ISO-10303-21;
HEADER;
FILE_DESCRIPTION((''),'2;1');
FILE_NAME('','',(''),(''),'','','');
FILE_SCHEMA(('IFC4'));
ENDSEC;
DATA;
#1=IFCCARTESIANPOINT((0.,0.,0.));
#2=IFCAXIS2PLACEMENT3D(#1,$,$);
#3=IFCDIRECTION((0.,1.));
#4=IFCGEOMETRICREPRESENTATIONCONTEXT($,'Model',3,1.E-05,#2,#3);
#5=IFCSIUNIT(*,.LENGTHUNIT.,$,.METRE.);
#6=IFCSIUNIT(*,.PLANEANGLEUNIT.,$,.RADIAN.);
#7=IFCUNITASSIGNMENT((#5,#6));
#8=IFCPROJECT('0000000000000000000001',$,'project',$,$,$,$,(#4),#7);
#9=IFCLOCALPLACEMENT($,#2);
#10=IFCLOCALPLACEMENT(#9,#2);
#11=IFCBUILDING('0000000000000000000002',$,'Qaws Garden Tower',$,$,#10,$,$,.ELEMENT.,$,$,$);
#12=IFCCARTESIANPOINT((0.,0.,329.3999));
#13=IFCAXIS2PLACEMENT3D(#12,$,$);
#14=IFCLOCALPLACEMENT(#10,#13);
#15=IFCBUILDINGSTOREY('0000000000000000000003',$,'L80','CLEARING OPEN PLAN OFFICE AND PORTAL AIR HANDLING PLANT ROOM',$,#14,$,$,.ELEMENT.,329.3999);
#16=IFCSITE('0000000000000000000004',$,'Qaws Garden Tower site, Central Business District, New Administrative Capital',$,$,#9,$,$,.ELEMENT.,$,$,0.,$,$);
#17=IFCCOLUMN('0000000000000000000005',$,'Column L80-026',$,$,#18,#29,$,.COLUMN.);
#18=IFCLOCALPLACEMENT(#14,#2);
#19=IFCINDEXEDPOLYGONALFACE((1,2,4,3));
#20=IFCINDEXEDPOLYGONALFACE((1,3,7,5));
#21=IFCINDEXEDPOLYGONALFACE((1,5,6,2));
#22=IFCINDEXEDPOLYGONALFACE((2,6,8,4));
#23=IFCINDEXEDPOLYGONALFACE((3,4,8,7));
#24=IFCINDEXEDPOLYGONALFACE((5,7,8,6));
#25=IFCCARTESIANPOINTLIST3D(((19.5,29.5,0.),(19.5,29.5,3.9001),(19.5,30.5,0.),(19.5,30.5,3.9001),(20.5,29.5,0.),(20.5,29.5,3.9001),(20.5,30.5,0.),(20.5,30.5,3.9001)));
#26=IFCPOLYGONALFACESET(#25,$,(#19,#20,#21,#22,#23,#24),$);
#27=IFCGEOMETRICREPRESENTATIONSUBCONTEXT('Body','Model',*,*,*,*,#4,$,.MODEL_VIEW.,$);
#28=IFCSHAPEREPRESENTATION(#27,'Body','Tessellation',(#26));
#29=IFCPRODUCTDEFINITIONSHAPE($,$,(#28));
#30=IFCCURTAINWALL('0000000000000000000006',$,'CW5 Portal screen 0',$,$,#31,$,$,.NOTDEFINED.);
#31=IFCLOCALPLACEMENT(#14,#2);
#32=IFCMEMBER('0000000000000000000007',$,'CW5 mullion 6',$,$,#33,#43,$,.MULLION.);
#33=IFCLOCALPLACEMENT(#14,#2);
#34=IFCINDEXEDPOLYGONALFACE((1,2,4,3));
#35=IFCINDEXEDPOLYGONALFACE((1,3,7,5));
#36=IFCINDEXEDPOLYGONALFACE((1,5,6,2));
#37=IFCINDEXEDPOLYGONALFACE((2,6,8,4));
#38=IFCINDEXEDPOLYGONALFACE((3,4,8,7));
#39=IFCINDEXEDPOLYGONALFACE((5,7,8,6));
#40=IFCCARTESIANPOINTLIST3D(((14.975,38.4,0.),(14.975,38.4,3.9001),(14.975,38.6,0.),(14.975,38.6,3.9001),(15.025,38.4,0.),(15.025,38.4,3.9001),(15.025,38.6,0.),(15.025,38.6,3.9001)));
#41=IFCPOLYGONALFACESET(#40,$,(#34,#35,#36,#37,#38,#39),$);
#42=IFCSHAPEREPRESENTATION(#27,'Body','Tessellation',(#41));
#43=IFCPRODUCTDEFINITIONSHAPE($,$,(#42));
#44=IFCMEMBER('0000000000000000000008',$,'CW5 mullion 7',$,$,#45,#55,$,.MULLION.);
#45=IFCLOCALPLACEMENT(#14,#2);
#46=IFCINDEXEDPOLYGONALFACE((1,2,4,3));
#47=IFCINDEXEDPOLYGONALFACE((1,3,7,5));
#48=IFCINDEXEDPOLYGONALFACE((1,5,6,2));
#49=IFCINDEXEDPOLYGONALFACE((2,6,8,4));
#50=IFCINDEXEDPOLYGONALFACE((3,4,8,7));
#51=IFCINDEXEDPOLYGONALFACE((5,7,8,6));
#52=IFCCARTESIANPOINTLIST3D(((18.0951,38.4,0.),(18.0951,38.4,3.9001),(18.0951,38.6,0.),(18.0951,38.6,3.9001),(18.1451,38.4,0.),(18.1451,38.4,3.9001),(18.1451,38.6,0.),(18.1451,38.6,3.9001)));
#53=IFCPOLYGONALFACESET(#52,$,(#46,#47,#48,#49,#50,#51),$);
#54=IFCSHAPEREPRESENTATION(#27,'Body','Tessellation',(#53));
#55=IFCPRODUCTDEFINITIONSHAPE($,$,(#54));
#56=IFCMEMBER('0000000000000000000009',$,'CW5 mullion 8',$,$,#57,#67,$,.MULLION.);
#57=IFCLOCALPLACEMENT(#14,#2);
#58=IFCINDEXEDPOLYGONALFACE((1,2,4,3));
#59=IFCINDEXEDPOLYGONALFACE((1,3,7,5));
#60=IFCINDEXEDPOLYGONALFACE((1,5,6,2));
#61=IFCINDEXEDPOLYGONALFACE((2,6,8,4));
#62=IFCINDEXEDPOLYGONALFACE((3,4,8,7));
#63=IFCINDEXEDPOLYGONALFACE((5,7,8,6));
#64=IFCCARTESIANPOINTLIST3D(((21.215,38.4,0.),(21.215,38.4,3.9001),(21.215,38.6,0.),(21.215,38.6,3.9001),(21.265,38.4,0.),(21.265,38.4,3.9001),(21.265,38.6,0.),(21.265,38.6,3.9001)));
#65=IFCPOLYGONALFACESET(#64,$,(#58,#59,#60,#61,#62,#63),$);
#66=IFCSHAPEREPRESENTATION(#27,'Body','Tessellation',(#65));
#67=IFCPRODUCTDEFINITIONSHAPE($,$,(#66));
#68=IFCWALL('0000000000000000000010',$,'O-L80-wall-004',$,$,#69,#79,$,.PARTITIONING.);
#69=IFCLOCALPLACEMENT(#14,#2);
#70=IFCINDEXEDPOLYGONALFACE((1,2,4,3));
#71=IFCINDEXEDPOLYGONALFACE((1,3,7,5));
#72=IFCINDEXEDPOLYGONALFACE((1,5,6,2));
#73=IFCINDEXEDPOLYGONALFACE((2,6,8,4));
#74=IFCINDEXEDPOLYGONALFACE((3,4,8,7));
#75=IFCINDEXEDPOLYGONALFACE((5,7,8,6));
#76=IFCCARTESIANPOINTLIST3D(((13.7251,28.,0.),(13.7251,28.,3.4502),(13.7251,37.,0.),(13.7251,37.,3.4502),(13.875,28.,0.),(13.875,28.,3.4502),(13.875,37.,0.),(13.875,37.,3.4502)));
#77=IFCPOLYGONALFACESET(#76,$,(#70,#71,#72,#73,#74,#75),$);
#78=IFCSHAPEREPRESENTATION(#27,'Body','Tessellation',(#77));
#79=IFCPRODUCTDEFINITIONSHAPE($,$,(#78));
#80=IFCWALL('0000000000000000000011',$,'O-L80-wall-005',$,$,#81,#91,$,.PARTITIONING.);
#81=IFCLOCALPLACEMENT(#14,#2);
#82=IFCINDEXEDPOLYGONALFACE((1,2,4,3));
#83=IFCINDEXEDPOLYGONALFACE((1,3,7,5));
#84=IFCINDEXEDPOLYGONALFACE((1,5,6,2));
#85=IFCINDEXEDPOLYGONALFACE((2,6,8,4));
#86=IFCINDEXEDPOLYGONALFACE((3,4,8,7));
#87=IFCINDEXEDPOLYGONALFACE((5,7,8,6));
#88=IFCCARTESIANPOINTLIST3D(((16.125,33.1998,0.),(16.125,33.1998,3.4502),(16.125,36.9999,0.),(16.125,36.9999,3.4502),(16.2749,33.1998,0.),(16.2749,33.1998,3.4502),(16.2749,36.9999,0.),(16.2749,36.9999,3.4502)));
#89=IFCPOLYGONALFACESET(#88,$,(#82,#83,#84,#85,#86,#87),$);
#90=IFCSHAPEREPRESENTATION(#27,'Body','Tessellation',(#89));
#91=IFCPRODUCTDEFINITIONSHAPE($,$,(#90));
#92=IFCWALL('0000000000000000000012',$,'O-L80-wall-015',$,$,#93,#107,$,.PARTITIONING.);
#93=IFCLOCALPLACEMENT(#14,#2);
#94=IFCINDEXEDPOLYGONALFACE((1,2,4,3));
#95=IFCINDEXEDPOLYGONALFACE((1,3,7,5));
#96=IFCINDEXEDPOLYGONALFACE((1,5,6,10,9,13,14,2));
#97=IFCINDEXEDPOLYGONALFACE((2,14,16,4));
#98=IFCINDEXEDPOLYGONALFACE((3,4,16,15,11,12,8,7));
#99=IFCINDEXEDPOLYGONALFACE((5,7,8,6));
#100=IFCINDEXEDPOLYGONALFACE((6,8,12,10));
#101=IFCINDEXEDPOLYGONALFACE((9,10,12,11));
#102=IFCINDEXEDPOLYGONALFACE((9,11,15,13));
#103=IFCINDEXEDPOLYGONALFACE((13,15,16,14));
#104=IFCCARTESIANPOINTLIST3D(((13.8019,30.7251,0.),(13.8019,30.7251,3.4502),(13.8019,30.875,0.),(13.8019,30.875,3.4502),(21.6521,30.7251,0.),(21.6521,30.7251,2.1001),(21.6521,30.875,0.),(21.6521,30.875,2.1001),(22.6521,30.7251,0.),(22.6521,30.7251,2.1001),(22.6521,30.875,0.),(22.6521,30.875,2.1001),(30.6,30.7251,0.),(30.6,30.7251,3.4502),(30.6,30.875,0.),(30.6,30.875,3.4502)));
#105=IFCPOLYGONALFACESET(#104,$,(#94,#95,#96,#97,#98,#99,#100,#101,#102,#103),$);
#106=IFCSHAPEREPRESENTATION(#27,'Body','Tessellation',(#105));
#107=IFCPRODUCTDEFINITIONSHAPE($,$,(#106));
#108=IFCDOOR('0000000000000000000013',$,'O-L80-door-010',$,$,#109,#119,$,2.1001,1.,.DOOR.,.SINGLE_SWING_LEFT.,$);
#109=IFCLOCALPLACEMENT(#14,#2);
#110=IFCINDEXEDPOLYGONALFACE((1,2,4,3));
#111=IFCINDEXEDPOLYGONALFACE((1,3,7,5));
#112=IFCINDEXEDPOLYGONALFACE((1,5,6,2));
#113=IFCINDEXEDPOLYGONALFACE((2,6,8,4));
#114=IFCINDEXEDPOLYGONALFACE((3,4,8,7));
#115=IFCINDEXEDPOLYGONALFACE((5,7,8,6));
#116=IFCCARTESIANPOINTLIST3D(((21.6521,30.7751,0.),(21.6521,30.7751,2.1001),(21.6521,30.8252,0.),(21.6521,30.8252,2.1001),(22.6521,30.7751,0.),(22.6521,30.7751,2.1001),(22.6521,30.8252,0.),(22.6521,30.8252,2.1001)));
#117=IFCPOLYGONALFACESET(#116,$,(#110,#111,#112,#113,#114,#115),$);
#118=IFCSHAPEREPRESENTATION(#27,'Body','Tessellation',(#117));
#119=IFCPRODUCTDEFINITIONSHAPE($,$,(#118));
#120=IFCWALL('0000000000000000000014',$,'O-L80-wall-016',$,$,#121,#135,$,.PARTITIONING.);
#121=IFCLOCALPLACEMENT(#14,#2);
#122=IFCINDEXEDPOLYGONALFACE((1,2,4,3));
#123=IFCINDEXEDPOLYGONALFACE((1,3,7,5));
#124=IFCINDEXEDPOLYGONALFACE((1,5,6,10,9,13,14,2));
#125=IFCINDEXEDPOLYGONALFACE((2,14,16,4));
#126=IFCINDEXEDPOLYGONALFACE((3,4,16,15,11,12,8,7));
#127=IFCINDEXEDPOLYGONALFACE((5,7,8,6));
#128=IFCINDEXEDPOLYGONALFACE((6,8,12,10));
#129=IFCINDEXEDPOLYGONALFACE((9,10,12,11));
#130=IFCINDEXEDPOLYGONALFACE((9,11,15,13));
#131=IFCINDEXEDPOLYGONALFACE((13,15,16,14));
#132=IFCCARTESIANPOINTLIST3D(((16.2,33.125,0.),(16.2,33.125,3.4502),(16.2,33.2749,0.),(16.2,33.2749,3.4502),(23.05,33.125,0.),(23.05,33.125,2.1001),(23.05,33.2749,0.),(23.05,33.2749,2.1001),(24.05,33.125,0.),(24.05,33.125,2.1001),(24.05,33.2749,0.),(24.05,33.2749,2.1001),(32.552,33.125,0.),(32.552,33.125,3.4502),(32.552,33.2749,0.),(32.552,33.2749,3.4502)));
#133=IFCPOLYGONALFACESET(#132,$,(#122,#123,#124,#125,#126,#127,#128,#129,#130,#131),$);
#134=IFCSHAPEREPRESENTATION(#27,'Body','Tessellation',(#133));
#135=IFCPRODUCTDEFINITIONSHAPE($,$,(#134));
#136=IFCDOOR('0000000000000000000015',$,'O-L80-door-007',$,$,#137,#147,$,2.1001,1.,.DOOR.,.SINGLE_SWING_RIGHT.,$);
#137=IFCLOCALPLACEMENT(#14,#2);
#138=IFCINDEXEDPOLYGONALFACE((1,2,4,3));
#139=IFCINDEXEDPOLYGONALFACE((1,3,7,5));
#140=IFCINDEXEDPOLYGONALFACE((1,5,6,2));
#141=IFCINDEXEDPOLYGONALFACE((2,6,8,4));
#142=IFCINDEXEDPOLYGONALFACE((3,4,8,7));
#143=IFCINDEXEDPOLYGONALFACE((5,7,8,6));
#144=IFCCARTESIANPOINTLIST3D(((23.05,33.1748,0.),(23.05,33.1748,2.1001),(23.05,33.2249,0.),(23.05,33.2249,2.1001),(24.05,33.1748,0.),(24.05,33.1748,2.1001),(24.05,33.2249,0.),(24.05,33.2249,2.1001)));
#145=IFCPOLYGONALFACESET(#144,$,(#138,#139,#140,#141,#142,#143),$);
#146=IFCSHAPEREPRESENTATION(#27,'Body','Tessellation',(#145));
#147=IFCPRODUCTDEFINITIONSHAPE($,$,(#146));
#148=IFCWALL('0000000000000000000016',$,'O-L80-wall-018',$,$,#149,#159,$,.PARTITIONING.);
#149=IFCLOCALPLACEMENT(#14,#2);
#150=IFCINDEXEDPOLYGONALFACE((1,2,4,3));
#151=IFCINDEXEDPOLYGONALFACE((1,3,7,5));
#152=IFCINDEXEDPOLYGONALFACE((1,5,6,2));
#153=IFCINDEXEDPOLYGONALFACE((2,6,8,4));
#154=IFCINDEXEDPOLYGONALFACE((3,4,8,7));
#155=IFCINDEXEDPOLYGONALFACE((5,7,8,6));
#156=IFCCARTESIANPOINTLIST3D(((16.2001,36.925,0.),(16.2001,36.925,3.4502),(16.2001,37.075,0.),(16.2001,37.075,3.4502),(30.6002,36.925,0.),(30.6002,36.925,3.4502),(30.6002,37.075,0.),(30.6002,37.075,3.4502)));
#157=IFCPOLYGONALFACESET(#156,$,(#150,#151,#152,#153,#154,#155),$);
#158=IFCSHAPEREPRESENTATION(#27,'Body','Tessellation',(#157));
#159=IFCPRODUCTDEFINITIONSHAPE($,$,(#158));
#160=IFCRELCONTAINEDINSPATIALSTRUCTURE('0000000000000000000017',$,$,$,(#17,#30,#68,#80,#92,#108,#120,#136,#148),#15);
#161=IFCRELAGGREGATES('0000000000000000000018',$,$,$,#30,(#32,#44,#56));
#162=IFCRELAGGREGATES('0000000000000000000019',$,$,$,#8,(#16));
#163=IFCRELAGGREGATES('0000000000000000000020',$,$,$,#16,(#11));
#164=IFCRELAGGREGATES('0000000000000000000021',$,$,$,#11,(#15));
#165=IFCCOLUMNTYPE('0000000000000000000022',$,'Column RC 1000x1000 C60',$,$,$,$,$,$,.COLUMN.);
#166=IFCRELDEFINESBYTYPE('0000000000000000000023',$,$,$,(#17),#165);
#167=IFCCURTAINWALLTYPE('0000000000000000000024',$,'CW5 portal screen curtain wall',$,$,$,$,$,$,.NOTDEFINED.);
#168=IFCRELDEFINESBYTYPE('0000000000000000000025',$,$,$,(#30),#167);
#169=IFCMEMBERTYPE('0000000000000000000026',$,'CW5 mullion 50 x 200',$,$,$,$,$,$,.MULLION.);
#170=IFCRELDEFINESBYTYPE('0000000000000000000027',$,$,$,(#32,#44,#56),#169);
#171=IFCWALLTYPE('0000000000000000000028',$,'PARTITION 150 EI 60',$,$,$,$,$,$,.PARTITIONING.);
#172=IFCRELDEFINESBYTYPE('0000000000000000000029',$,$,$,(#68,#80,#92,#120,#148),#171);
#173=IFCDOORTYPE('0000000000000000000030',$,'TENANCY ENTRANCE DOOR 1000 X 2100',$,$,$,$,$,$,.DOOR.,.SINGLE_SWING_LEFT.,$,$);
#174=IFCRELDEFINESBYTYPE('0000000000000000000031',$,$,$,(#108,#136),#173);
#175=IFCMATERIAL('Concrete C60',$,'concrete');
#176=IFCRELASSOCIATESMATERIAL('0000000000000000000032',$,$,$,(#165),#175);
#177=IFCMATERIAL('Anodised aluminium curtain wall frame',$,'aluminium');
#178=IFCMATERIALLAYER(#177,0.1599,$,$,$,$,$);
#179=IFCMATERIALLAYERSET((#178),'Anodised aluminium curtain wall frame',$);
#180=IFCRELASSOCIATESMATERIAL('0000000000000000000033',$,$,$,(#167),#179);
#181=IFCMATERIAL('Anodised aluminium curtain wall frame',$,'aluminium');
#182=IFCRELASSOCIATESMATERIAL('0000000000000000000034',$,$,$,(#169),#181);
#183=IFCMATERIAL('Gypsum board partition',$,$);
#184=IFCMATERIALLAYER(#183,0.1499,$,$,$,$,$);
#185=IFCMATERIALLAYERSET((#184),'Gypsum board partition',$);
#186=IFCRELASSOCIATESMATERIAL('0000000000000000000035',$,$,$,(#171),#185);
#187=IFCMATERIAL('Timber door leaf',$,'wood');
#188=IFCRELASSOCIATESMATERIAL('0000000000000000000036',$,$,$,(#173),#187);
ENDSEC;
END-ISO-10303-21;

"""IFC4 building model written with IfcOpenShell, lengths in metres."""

from ifc_helpers import new_model, si_unit, direction, frame, frame_2d, origin, origin_2d, place, context, subcontext, project, spatial, rectangle, extrude, material, layer, layer_set, material_profile, profile_set, type_object, element, fill, aggregate, save


model = new_model("IFC4")

# Units and contexts
model_context = context("Model", 3, precision=1e-05, world=origin(), true_north=direction((0.0, 1.0)))
body_context = subcontext(model_context, "Body", "Model", "MODEL_VIEW")
ifc_project = project(units=[si_unit("LENGTHUNIT", "METRE"), si_unit("PLANEANGLEUNIT", "RADIAN")], contexts=[model_context])

# Site, building, storey
site_placement = place(None, origin())
site = spatial("IfcSite", under=ifc_project, at=site_placement, Name="Qaws Garden Tower site, Central Business District, New Administrative Capital", CompositionType="ELEMENT", RefElevation=0.0)
building_placement = place(site_placement, origin())
building = spatial("IfcBuilding", under=site, at=building_placement, Name="Qaws Garden Tower", CompositionType="ELEMENT")
storey_placement = place(building_placement, frame((0.0, 0.0, 329.3999)))
storey = spatial("IfcBuildingStorey", under=building, at=storey_placement, Name="L80", Description="CLEARING OPEN PLAN OFFICE AND PORTAL AIR HANDLING PLANT ROOM", CompositionType="ELEMENT", Elevation=329.3999)

# Column
ifc_material_1 = material(Name="Concrete C60", Category="concrete")
ifc_material_profile_1 = material_profile(ifc_material_1, rectangle(XDim=1.0, YDim=1.0, at=origin_2d()), Name="RC 1000x1000")
ifc_profile_set_1 = profile_set([ifc_material_profile_1], Name="Concrete C60")
column_type = type_object("IfcColumnType", Name="Column RC 1000x1000 C60", PredefinedType="COLUMN", material=ifc_profile_set_1)
column_placement = place(storey_placement, frame((20.0, 30.0, 0.0), z_axis=(0.0, 0.0, 1.0), x_axis=(1.0, 0.0, 0.0)))
element("IfcColumn", 1, at=column_placement, inside=storey, type_object=column_type, Name="Column L80-026", PredefinedType="COLUMN", context=body_context, shape_type="SweptSolid", body=[
    extrude(rectangle(XDim=1.0, YDim=1.0, at=origin_2d()), origin(), (0.0, 0.0, 1.0), 3.9001),
])

# Curtain wall, members
ifc_material_2 = material(Name="Anodised aluminium curtain wall frame", Category="aluminium")
ifc_layer_1 = layer(ifc_material_2, 0.1599)
ifc_layer_set_1 = layer_set([ifc_layer_1], Name="Anodised aluminium curtain wall frame")
curtain_wall_type = type_object("IfcCurtainWallType", Name="CW5 portal screen curtain wall", PredefinedType="NOTDEFINED", material=ifc_layer_set_1)
placement = place(storey_placement, origin())
curtain_wall = element("IfcCurtainWall", 2, at=placement, inside=storey, type_object=curtain_wall_type, Name="CW5 Portal screen 0", PredefinedType="NOTDEFINED")
ifc_material_3 = material(Name="Anodised aluminium curtain wall frame", Category="aluminium")
ifc_material_profile_2 = material_profile(ifc_material_3, rectangle(XDim=0.2, YDim=0.05, at=origin_2d()), Name="AL 50x200")
ifc_profile_set_2 = profile_set([ifc_material_profile_2], Name="Anodised aluminium curtain wall frame")
member_type = type_object("IfcMemberType", Name="CW5 mullion 50 x 200", PredefinedType="MULLION", material=ifc_profile_set_2)
member_1_placement = place(storey_placement, frame((15.0, 38.5, 0.0), z_axis=(0.0, 0.0, 1.0), x_axis=(0.0, 1.0, 0.0)))
member_1 = element("IfcMember", 3, at=member_1_placement, type_object=member_type, Name="CW5 mullion 6", PredefinedType="MULLION", context=body_context, shape_type="SweptSolid", body=[
    extrude(rectangle(XDim=0.2, YDim=0.05, at=origin_2d()), origin(), (0.0, 0.0, 1.0), 3.9001),
])
member_2_placement = place(storey_placement, frame((18.1201, 38.5, 0.0), z_axis=(0.0, 0.0, 1.0), x_axis=(0.0, 1.0, 0.0)))
member_2 = element("IfcMember", 4, at=member_2_placement, type_object=member_type, Name="CW5 mullion 7", PredefinedType="MULLION", context=body_context, shape_type="SweptSolid", body=[
    extrude(rectangle(XDim=0.2, YDim=0.05, at=origin_2d()), origin(), (0.0, 0.0, 1.0), 3.9001),
])
member_3_placement = place(storey_placement, frame((21.24, 38.5, 0.0), z_axis=(0.0, 0.0, 1.0), x_axis=(0.0, 1.0, 0.0)))
member_3 = element("IfcMember", 5, at=member_3_placement, type_object=member_type, Name="CW5 mullion 8", PredefinedType="MULLION", context=body_context, shape_type="SweptSolid", body=[
    extrude(rectangle(XDim=0.2, YDim=0.05, at=origin_2d()), origin(), (0.0, 0.0, 1.0), 3.9001),
])
aggregate(curtain_wall, [member_1, member_2, member_3])

# Walls
ifc_material_4 = material(Name="Gypsum board partition")
ifc_layer_2 = layer(ifc_material_4, 0.1499)
ifc_layer_set_2 = layer_set([ifc_layer_2], Name="Gypsum board partition")
wall_type = type_object("IfcWallType", Name="PARTITION 150 EI 60", PredefinedType="PARTITIONING", material=ifc_layer_set_2)
wall_1_placement = place(storey_placement, frame((13.8, 28.0, 0.0), z_axis=(0.0, 0.0, 1.0), x_axis=(0.0, 1.0, 0.0)))
element("IfcWall", 6, at=wall_1_placement, inside=storey, type_object=wall_type, Name="O-L80-wall-004", PredefinedType="PARTITIONING", context=body_context, shape_type="SweptSolid", body=[
    extrude(rectangle(XDim=9.0, YDim=0.1499, at=frame_2d((4.5, 0.0))), origin(), (0.0, 0.0, 1.0), 3.4502),
])
wall_2_placement = place(storey_placement, frame((16.2, 33.2, 0.0), z_axis=(0.0, 0.0, 1.0), x_axis=(0.0, 1.0, 0.0)))
element("IfcWall", 7, at=wall_2_placement, inside=storey, type_object=wall_type, Name="O-L80-wall-005", PredefinedType="PARTITIONING", context=body_context, shape_type="SweptSolid", body=[
    extrude(rectangle(XDim=3.8, YDim=0.1499, at=frame_2d((1.8999, 0.0))), origin(), (0.0, 0.0, 1.0), 3.4502),
])

# Walls, openings, doors
wall_3_placement = place(storey_placement, frame((13.802, 30.8, 0.0), z_axis=(0.0, 0.0, 1.0), x_axis=(1.0, 0.0, 0.0)))
wall_3 = element("IfcWall", 8, at=wall_3_placement, inside=storey, type_object=wall_type, Name="O-L80-wall-015", PredefinedType="PARTITIONING", context=body_context, shape_type="SweptSolid", body=[
    extrude(rectangle(XDim=16.7981, YDim=0.1499, at=frame_2d((8.3989, 0.0))), origin(), (0.0, 0.0, 1.0), 3.4502),
])
opening_1_placement = place(wall_3_placement, frame((7.8501, 0.0, 0.0)))
opening_1 = element("IfcOpeningElement", 9, at=opening_1_placement, cuts=wall_3, PredefinedType="OPENING", context=body_context, shape_type="SweptSolid", body=[
    extrude(rectangle(XDim=1.0, YDim=2.1001, at=frame_2d((0.5, 1.05))), frame((0.0, 0.085, 0.0), z_axis=(0.0, -1.0, 0.0), x_axis=(1.0, 0.0, 0.0)), (0.0, 0.0, 1.0), 0.1699),
])
ifc_material_5 = material(Name="Timber door leaf", Category="wood")
door_type = type_object("IfcDoorType", Name="TENANCY ENTRANCE DOOR 1000 X 2100", OperationType="SINGLE_SWING_LEFT", PredefinedType="DOOR", material=ifc_material_5)
door_1_placement = place(opening_1_placement, frame((1.0, 0.0, 0.0), z_axis=(0.0, 0.0, 1.0), x_axis=(-1.0, 0.0, 0.0)))
door_1 = element("IfcDoor", 10, at=door_1_placement, inside=storey, type_object=door_type, Name="O-L80-door-010", OperationType="SINGLE_SWING_LEFT", OverallHeight=2.1001, OverallWidth=1.0, PredefinedType="DOOR", context=body_context, shape_type="SweptSolid", body=[
    extrude(rectangle(XDim=1.0, YDim=2.1001, at=frame_2d((0.5, 1.05))), frame((0.0, 0.0249, 0.0), z_axis=(0.0, -1.0, 0.0), x_axis=(1.0, 0.0, 0.0)), (0.0, 0.0, 1.0), 0.05),
])
fill(opening_1, door_1)
wall_4_placement = place(storey_placement, frame((16.2, 33.2, 0.0), z_axis=(0.0, 0.0, 1.0), x_axis=(1.0, 0.0, 0.0)))
wall_4 = element("IfcWall", 11, at=wall_4_placement, inside=storey, type_object=wall_type, Name="O-L80-wall-016", PredefinedType="PARTITIONING", context=body_context, shape_type="SweptSolid", body=[
    extrude(rectangle(XDim=16.3521, YDim=0.1499, at=frame_2d((8.176, 0.0))), origin(), (0.0, 0.0, 1.0), 3.4502),
])
opening_2_placement = place(wall_4_placement, frame((6.8501, 0.0, 0.0)))
opening_2 = element("IfcOpeningElement", 12, at=opening_2_placement, cuts=wall_4, PredefinedType="OPENING", context=body_context, shape_type="SweptSolid", body=[
    extrude(rectangle(XDim=1.0, YDim=2.1001, at=frame_2d((0.5, 1.05))), frame((0.0, 0.085, 0.0), z_axis=(0.0, -1.0, 0.0), x_axis=(1.0, 0.0, 0.0)), (0.0, 0.0, 1.0), 0.1699),
])
door_2_placement = place(opening_2_placement, origin())
door_2 = element("IfcDoor", 13, at=door_2_placement, inside=storey, type_object=door_type, Name="O-L80-door-007", OperationType="SINGLE_SWING_RIGHT", OverallHeight=2.1001, OverallWidth=1.0, PredefinedType="DOOR", context=body_context, shape_type="SweptSolid", body=[
    extrude(rectangle(XDim=1.0, YDim=2.1001, at=frame_2d((0.5, 1.05))), frame((0.0, 0.0249, 0.0), z_axis=(0.0, -1.0, 0.0), x_axis=(1.0, 0.0, 0.0)), (0.0, 0.0, 1.0), 0.05),
])
fill(opening_2, door_2)

# Wall
wall_5_placement = place(storey_placement, frame((16.2, 37.0, 0.0), z_axis=(0.0, 0.0, 1.0), x_axis=(1.0, 0.0, 0.0)))
element("IfcWall", 14, at=wall_5_placement, inside=storey, type_object=wall_type, Name="O-L80-wall-018", PredefinedType="PARTITIONING", context=body_context, shape_type="SweptSolid", body=[
    extrude(rectangle(XDim=14.4001, YDim=0.1499, at=frame_2d((7.2002, 0.0))), origin(), (0.0, 0.0, 1.0), 3.4502),
])

save(model, "model.ifc")
